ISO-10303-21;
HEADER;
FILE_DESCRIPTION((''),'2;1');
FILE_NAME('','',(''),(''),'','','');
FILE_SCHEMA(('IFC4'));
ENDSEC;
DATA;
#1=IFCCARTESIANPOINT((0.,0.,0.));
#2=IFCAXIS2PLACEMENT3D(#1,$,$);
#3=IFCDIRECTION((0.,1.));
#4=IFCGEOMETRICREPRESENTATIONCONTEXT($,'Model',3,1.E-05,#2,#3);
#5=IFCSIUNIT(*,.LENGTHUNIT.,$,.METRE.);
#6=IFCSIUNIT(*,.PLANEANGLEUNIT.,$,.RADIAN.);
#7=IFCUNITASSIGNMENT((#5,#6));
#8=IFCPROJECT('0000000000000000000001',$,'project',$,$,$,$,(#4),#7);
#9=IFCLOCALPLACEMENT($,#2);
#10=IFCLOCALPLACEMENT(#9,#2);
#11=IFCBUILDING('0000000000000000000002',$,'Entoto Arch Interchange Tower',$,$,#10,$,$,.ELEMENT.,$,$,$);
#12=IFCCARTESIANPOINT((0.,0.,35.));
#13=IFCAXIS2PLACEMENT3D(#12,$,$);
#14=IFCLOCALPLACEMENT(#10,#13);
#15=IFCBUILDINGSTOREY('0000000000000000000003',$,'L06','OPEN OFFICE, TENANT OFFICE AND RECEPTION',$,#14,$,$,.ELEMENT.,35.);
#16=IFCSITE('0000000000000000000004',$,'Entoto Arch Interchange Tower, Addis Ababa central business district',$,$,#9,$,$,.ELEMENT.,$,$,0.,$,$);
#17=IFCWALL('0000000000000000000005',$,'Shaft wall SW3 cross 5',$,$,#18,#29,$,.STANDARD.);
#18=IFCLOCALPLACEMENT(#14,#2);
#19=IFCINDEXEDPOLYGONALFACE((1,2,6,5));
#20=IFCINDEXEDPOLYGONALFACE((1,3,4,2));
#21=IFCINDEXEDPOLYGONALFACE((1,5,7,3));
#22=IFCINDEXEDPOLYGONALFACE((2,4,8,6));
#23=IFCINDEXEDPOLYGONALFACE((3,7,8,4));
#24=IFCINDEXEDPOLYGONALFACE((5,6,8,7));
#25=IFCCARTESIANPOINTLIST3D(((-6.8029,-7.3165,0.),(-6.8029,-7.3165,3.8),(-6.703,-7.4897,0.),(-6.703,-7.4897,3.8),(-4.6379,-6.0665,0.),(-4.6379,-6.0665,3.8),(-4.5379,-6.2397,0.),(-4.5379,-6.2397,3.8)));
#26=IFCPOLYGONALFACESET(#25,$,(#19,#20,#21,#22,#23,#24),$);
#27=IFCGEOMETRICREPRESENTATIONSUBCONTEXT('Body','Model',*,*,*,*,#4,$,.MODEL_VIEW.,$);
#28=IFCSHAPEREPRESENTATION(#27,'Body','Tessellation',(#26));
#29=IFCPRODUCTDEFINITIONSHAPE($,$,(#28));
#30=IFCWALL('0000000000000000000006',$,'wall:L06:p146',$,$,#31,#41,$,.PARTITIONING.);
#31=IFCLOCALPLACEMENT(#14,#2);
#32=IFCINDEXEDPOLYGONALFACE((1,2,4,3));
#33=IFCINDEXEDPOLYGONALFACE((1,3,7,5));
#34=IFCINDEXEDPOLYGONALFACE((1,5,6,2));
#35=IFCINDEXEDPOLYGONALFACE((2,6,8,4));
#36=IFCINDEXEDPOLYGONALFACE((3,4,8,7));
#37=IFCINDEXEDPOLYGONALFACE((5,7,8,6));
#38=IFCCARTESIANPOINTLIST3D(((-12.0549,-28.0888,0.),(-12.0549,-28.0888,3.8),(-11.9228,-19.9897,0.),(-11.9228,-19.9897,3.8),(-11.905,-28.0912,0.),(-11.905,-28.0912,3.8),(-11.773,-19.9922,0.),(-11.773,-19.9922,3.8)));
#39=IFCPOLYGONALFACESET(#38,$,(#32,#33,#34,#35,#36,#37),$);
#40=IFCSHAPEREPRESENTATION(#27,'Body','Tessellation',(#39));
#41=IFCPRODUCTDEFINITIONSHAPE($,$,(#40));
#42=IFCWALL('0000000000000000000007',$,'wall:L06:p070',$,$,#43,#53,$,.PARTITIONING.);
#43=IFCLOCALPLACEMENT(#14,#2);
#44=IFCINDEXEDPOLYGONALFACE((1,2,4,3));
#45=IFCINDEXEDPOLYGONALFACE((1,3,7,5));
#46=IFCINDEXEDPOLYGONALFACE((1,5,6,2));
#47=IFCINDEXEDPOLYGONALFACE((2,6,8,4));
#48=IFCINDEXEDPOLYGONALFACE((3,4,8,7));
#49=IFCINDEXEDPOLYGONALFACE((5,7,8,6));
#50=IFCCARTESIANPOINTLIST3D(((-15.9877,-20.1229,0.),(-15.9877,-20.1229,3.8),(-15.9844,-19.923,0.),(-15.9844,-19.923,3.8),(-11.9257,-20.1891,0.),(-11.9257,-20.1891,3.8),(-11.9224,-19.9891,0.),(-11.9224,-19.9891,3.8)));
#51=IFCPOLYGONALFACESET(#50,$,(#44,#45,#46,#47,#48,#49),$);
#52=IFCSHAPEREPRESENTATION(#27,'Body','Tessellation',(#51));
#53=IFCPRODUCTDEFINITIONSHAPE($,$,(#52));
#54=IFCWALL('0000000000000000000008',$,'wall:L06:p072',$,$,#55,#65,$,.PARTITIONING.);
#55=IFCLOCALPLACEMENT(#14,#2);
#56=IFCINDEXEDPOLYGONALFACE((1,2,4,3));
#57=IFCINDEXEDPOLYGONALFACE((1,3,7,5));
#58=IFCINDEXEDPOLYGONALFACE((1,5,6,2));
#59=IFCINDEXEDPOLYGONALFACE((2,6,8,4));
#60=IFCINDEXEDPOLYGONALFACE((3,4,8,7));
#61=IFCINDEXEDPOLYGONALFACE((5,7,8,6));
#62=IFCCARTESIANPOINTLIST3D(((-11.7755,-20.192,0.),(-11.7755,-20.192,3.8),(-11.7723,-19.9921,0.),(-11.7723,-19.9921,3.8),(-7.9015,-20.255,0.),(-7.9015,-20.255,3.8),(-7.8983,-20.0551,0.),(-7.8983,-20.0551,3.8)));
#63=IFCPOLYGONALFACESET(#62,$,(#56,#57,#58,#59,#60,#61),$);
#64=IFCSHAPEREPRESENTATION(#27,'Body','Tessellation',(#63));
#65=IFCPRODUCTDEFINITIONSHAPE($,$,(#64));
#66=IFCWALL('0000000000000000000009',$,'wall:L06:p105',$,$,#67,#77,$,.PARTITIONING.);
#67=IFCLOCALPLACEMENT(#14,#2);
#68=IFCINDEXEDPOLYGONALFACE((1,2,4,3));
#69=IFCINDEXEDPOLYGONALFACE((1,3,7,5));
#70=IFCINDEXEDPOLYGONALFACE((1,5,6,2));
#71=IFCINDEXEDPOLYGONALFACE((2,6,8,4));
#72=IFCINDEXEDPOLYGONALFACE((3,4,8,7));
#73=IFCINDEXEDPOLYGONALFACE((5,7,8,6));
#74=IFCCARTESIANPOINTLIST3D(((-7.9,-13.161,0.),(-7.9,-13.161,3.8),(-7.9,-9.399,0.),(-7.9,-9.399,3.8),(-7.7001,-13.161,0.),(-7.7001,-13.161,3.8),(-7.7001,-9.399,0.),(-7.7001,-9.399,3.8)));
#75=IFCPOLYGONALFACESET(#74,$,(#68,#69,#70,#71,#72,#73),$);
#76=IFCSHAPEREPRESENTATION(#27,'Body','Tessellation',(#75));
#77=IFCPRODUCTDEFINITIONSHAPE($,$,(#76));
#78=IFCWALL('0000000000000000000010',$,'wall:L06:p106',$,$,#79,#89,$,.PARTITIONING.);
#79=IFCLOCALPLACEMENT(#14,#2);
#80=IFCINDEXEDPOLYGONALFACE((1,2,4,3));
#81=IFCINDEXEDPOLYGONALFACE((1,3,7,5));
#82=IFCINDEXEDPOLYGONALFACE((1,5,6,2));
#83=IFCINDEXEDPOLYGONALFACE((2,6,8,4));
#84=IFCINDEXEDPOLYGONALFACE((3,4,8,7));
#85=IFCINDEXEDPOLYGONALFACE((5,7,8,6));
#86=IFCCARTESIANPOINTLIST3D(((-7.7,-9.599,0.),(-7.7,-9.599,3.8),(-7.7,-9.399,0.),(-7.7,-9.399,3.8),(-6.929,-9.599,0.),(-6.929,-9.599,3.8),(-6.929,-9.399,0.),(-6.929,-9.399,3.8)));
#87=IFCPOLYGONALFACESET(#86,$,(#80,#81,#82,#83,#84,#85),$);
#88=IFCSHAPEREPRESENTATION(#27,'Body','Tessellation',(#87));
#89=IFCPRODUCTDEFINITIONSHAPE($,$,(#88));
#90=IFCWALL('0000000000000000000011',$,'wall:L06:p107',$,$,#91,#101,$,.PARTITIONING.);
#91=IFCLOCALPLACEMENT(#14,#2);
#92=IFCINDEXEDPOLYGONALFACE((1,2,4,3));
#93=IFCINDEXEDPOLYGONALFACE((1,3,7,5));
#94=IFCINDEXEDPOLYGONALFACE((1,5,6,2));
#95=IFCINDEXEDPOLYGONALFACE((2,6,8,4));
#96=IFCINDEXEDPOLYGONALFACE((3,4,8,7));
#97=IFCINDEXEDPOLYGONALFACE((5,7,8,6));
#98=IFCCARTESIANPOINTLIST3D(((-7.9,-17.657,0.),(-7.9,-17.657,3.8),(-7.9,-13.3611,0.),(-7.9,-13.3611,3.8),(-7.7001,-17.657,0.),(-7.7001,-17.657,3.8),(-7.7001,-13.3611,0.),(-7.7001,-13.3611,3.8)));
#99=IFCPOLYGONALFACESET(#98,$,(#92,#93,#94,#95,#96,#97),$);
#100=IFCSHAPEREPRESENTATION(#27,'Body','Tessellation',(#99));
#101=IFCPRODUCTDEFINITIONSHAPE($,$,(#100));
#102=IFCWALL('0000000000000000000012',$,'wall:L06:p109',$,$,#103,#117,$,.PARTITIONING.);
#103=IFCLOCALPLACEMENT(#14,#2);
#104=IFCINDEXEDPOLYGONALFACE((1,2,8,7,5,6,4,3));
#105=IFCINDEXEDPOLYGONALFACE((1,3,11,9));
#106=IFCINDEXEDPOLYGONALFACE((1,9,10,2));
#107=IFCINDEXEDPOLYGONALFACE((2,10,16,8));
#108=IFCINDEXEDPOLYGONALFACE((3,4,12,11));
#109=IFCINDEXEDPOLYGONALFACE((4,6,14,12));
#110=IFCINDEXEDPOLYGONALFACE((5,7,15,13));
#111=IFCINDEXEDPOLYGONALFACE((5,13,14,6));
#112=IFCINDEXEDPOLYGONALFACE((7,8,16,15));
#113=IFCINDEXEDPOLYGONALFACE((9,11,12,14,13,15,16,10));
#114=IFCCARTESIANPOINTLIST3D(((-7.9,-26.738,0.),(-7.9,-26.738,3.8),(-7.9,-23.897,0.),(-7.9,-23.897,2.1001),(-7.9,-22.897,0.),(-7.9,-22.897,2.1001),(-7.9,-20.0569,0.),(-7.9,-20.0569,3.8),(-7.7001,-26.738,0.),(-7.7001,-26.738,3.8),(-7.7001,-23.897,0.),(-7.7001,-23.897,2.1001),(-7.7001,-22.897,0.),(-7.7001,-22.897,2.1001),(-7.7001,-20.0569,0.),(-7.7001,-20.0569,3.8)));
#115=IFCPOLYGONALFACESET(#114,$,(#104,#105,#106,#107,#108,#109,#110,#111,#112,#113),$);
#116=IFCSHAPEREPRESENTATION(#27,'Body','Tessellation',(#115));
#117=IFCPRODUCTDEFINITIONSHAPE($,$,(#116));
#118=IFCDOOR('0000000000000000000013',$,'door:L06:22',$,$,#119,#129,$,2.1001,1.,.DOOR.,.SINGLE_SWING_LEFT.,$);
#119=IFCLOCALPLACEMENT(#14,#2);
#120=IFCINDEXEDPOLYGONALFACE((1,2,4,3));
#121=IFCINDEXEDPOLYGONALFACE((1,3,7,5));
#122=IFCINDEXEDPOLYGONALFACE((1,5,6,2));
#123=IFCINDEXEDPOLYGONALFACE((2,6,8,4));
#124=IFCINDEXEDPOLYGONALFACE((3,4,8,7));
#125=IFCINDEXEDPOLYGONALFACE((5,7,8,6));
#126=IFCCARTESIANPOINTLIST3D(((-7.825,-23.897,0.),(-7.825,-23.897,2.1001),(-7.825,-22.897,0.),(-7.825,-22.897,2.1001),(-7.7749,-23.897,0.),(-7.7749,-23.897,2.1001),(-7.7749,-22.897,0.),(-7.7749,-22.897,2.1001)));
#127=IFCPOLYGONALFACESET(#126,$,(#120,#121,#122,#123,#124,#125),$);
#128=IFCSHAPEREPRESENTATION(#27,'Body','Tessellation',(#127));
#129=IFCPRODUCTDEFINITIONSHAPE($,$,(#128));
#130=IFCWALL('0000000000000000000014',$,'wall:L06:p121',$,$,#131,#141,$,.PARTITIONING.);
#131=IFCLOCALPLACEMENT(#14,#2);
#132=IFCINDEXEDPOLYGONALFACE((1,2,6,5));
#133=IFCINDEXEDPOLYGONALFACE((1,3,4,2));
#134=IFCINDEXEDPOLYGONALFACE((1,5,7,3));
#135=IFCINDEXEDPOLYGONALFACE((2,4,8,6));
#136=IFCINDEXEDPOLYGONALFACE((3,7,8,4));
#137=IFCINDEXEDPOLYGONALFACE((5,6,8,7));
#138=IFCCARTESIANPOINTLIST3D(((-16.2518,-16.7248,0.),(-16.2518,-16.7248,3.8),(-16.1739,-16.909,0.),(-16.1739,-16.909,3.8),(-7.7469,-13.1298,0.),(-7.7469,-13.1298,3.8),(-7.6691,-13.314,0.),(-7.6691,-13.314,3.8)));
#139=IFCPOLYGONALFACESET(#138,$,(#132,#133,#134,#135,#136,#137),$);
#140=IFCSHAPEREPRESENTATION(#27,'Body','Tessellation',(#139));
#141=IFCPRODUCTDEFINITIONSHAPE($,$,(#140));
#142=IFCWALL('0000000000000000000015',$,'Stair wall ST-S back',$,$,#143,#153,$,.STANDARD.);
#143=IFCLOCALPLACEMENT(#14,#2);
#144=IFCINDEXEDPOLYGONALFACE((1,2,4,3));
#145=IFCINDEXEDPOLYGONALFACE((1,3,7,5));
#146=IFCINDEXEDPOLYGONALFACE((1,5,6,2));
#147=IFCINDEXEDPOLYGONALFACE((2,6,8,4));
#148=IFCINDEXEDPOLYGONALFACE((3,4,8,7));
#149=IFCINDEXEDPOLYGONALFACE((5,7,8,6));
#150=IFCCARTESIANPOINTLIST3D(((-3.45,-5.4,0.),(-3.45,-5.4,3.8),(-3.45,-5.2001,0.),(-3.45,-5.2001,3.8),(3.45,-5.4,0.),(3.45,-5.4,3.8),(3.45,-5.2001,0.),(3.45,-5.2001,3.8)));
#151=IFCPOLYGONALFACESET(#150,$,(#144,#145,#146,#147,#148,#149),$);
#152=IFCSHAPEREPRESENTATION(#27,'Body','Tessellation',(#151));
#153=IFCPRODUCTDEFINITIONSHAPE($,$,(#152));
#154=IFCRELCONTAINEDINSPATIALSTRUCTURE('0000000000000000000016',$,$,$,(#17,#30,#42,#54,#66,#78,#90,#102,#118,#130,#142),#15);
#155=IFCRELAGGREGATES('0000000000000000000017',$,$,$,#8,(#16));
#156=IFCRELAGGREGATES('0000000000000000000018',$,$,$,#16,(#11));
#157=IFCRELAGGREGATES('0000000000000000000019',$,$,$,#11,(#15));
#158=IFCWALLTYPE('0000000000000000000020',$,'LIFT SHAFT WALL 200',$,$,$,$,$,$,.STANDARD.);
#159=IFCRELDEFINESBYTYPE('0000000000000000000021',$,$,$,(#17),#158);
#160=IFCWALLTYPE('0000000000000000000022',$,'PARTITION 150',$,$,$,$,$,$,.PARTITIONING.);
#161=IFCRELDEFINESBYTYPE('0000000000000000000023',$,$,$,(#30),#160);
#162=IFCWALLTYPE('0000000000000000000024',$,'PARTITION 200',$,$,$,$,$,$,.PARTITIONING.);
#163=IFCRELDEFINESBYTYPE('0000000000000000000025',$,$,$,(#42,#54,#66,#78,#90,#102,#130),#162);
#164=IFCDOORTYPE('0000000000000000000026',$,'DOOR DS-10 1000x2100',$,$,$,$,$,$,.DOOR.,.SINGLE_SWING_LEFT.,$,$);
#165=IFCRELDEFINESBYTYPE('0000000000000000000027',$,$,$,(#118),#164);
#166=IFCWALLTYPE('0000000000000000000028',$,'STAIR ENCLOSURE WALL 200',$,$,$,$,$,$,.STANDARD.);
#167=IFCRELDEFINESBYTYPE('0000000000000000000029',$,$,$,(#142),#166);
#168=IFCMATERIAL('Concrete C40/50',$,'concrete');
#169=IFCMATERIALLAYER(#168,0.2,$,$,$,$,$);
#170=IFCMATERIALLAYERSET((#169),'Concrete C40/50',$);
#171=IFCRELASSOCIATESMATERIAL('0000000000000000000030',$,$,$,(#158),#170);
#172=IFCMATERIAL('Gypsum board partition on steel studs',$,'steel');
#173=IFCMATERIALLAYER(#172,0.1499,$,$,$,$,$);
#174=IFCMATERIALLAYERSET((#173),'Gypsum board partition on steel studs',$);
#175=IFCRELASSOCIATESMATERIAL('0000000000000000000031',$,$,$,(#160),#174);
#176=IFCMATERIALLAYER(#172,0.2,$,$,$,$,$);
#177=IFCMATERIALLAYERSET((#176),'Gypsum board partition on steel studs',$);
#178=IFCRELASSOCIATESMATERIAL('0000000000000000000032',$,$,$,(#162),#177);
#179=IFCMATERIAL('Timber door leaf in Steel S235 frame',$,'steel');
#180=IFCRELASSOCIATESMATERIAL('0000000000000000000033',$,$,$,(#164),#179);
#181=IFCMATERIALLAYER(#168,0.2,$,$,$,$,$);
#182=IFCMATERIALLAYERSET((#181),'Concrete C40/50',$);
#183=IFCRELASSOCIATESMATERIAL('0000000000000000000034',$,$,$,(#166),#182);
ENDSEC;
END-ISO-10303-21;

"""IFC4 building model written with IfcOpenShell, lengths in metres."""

from ifc_helpers import new_model, si_unit, direction, frame, frame_2d, origin, place, context, subcontext, project, spatial, rectangle, extrude, material, layer, layer_set, type_object, element, fill, save


model = new_model("IFC4")

# Units and contexts
model_context = context("Model", 3, precision=1e-05, world=origin(), true_north=direction((0.0, 1.0)))
body_context = subcontext(model_context, "Body", "Model", "MODEL_VIEW")
ifc_project = project(units=[si_unit("LENGTHUNIT", "METRE"), si_unit("PLANEANGLEUNIT", "RADIAN")], contexts=[model_context])

# Site, building, storey
site_placement = place(None, origin())
site = spatial("IfcSite", under=ifc_project, at=site_placement, Name="Entoto Arch Interchange Tower, Addis Ababa central business district", CompositionType="ELEMENT", RefElevation=0.0)
building_placement = place(site_placement, origin())
building = spatial("IfcBuilding", under=site, at=building_placement, Name="Entoto Arch Interchange Tower", CompositionType="ELEMENT")
storey_placement = place(building_placement, frame((0.0, 0.0, 35.0)))
storey = spatial("IfcBuildingStorey", under=building, at=storey_placement, Name="L06", Description="OPEN OFFICE, TENANT OFFICE AND RECEPTION", CompositionType="ELEMENT", Elevation=35.0)

# Walls
ifc_material_1 = material(Name="Concrete C40/50", Category="concrete")
ifc_layer_1 = layer(ifc_material_1, 0.2)
ifc_layer_set_1 = layer_set([ifc_layer_1], Name="Concrete C40/50")
wall_type_1 = type_object("IfcWallType", Name="LIFT SHAFT WALL 200", PredefinedType="STANDARD", material=ifc_layer_set_1)
wall_1_placement = place(storey_placement, frame((-4.5879, -6.1531, 0.0), z_axis=(0.0, 0.0, 1.0), x_axis=(-0.866023, -0.500004, 0.0)))
element("IfcWall", 1, at=wall_1_placement, inside=storey, type_object=wall_type_1, Name="Shaft wall SW3 cross 5", PredefinedType="STANDARD", context=body_context, shape_type="SweptSolid", body=[
    extrude(rectangle(XDim=2.5, YDim=0.2, at=frame_2d((1.25, 0.0))), origin(), (0.0, 0.0, 1.0), 3.8),
])
ifc_material_2 = material(Name="Gypsum board partition on steel studs", Category="steel")
ifc_layer_2 = layer(ifc_material_2, 0.1499)
ifc_layer_set_2 = layer_set([ifc_layer_2], Name="Gypsum board partition on steel studs")
wall_type_2 = type_object("IfcWallType", Name="PARTITION 150", PredefinedType="PARTITIONING", material=ifc_layer_set_2)
wall_2_placement = place(storey_placement, frame((-11.8479, -19.991, 0.0), z_axis=(0.0, 0.0, 1.0), x_axis=(-0.016306, -0.999867, 0.0)))
element("IfcWall", 2, at=wall_2_placement, inside=storey, type_object=wall_type_2, Name="wall:L06:p146", PredefinedType="PARTITIONING", context=body_context, shape_type="SweptSolid", body=[
    extrude(rectangle(XDim=8.1001, YDim=0.1499, at=frame_2d((4.05, 0.0))), origin(), (0.0, 0.0, 1.0), 3.8),
])
ifc_layer_3 = layer(ifc_material_2, 0.2)
ifc_layer_set_3 = layer_set([ifc_layer_3], Name="Gypsum board partition on steel studs")
wall_type_3 = type_object("IfcWallType", Name="PARTITION 200", PredefinedType="PARTITIONING", material=ifc_layer_set_3)
wall_3_placement = place(storey_placement, frame((-11.9241, -20.0891, 0.0), z_axis=(0.0, 0.0, 1.0), x_axis=(-0.999867, 0.016286, 0.0)))
element("IfcWall", 3, at=wall_3_placement, inside=storey, type_object=wall_type_3, Name="wall:L06:p070", PredefinedType="PARTITIONING", context=body_context, shape_type="SweptSolid", body=[
    extrude(rectangle(XDim=4.0625, YDim=0.2, at=frame_2d((2.0312, 0.0))), origin(), (0.0, 0.0, 1.0), 3.8),
])
wall_4_placement = place(storey_placement, frame((-7.8999, -20.155, 0.0), z_axis=(0.0, 0.0, 1.0), x_axis=(-0.999868, 0.016257, 0.0)))
element("IfcWall", 4, at=wall_4_placement, inside=storey, type_object=wall_type_3, Name="wall:L06:p072", PredefinedType="PARTITIONING", context=body_context, shape_type="SweptSolid", body=[
    extrude(rectangle(XDim=3.8745, YDim=0.2, at=frame_2d((1.9373, 0.0))), origin(), (0.0, 0.0, 1.0), 3.8),
])
wall_5_placement = place(storey_placement, frame((-7.8, -13.1609, 0.0), z_axis=(0.0, 0.0, 1.0), x_axis=(0.0, 1.0, 0.0)))
element("IfcWall", 5, at=wall_5_placement, inside=storey, type_object=wall_type_3, Name="wall:L06:p105", PredefinedType="PARTITIONING", context=body_context, shape_type="SweptSolid", body=[
    extrude(rectangle(XDim=3.762, YDim=0.2, at=frame_2d((1.8809, 0.0))), origin(), (0.0, 0.0, 1.0), 3.8),
])
wall_6_placement = place(storey_placement, frame((-7.7, -9.499, 0.0), z_axis=(0.0, 0.0, 1.0), x_axis=(1.0, 0.0, 0.0)))
element("IfcWall", 6, at=wall_6_placement, inside=storey, type_object=wall_type_3, Name="wall:L06:p106", PredefinedType="PARTITIONING", context=body_context, shape_type="SweptSolid", body=[
    extrude(rectangle(XDim=0.771, YDim=0.2, at=frame_2d((0.3855, 0.0))), origin(), (0.0, 0.0, 1.0), 3.8),
])
wall_7_placement = place(storey_placement, frame((-7.8, -17.657, 0.0), z_axis=(0.0, 0.0, 1.0), x_axis=(0.0, 1.0, 0.0)))
element("IfcWall", 7, at=wall_7_placement, inside=storey, type_object=wall_type_3, Name="wall:L06:p107", PredefinedType="PARTITIONING", context=body_context, shape_type="SweptSolid", body=[
    extrude(rectangle(XDim=4.2959, YDim=0.2, at=frame_2d((2.1479, 0.0))), origin(), (0.0, 0.0, 1.0), 3.8),
])

# Wall, opening, door
wall_8_placement = place(storey_placement, frame((-7.8, -26.738, 0.0), z_axis=(0.0, 0.0, 1.0), x_axis=(0.0, 1.0, 0.0)))
wall_8 = element("IfcWall", 8, at=wall_8_placement, inside=storey, type_object=wall_type_3, Name="wall:L06:p109", PredefinedType="PARTITIONING", context=body_context, shape_type="SweptSolid", body=[
    extrude(rectangle(XDim=6.6812, YDim=0.2, at=frame_2d((3.3406, 0.0))), origin(), (0.0, 0.0, 1.0), 3.8),
])
opening_1_placement = place(wall_8_placement, frame((2.8411, 0.0, 0.0)))
opening_1 = element("IfcOpeningElement", 9, at=opening_1_placement, cuts=wall_8, PredefinedType="OPENING", context=body_context, shape_type="SweptSolid", body=[
    extrude(rectangle(XDim=1.0, YDim=2.1001, at=frame_2d((0.5, 1.05))), frame((0.0, 0.1099, 0.0), z_axis=(0.0, -1.0, 0.0), x_axis=(1.0, 0.0, 0.0)), (0.0, 0.0, 1.0), 0.22),
])
ifc_material_3 = material(Name="Timber door leaf in Steel S235 frame", Category="steel")
door_type = type_object("IfcDoorType", Name="DOOR DS-10 1000x2100", OperationType="SINGLE_SWING_LEFT", PredefinedType="DOOR", material=ifc_material_3)
door_placement = place(opening_1_placement, origin())
door = element("IfcDoor", 10, at=door_placement, inside=storey, type_object=door_type, Name="door:L06:22", OperationType="SINGLE_SWING_LEFT", OverallHeight=2.1001, OverallWidth=1.0, PredefinedType="DOOR", context=body_context, shape_type="SweptSolid", body=[
    extrude(rectangle(XDim=1.0, YDim=2.1001, at=frame_2d((0.5, 1.05))), frame((0.0, 0.0249, 0.0), z_axis=(0.0, -1.0, 0.0), x_axis=(1.0, 0.0, 0.0)), (0.0, 0.0, 1.0), 0.05),
])
fill(opening_1, door)

# Walls
wall_9_placement = place(storey_placement, frame((-7.708, -13.2219, 0.0), z_axis=(0.0, 0.0, 1.0), x_axis=(-0.921093, -0.389342, 0.0)))
element("IfcWall", 11, at=wall_9_placement, inside=storey, type_object=wall_type_3, Name="wall:L06:p121", PredefinedType="PARTITIONING", context=body_context, shape_type="SweptSolid", body=[
    extrude(rectangle(XDim=9.2334, YDim=0.2, at=frame_2d((4.6167, 0.0))), origin(), (0.0, 0.0, 1.0), 3.8),
])
ifc_layer_4 = layer(ifc_material_1, 0.2)
ifc_layer_set_4 = layer_set([ifc_layer_4], Name="Concrete C40/50")
wall_type_4 = type_object("IfcWallType", Name="STAIR ENCLOSURE WALL 200", PredefinedType="STANDARD", material=ifc_layer_set_4)
wall_10_placement = place(storey_placement, frame((-3.45, -5.3, 0.0), z_axis=(0.0, 0.0, 1.0), x_axis=(1.0, 0.0, 0.0)))
element("IfcWall", 12, at=wall_10_placement, inside=storey, type_object=wall_type_4, Name="Stair wall ST-S back", PredefinedType="STANDARD", context=body_context, shape_type="SweptSolid", body=[
    extrude(rectangle(XDim=6.8999, YDim=0.2, at=frame_2d((3.45, 0.0))), origin(), (0.0, 0.0, 1.0), 3.8),
])

save(model, "model.ifc")
